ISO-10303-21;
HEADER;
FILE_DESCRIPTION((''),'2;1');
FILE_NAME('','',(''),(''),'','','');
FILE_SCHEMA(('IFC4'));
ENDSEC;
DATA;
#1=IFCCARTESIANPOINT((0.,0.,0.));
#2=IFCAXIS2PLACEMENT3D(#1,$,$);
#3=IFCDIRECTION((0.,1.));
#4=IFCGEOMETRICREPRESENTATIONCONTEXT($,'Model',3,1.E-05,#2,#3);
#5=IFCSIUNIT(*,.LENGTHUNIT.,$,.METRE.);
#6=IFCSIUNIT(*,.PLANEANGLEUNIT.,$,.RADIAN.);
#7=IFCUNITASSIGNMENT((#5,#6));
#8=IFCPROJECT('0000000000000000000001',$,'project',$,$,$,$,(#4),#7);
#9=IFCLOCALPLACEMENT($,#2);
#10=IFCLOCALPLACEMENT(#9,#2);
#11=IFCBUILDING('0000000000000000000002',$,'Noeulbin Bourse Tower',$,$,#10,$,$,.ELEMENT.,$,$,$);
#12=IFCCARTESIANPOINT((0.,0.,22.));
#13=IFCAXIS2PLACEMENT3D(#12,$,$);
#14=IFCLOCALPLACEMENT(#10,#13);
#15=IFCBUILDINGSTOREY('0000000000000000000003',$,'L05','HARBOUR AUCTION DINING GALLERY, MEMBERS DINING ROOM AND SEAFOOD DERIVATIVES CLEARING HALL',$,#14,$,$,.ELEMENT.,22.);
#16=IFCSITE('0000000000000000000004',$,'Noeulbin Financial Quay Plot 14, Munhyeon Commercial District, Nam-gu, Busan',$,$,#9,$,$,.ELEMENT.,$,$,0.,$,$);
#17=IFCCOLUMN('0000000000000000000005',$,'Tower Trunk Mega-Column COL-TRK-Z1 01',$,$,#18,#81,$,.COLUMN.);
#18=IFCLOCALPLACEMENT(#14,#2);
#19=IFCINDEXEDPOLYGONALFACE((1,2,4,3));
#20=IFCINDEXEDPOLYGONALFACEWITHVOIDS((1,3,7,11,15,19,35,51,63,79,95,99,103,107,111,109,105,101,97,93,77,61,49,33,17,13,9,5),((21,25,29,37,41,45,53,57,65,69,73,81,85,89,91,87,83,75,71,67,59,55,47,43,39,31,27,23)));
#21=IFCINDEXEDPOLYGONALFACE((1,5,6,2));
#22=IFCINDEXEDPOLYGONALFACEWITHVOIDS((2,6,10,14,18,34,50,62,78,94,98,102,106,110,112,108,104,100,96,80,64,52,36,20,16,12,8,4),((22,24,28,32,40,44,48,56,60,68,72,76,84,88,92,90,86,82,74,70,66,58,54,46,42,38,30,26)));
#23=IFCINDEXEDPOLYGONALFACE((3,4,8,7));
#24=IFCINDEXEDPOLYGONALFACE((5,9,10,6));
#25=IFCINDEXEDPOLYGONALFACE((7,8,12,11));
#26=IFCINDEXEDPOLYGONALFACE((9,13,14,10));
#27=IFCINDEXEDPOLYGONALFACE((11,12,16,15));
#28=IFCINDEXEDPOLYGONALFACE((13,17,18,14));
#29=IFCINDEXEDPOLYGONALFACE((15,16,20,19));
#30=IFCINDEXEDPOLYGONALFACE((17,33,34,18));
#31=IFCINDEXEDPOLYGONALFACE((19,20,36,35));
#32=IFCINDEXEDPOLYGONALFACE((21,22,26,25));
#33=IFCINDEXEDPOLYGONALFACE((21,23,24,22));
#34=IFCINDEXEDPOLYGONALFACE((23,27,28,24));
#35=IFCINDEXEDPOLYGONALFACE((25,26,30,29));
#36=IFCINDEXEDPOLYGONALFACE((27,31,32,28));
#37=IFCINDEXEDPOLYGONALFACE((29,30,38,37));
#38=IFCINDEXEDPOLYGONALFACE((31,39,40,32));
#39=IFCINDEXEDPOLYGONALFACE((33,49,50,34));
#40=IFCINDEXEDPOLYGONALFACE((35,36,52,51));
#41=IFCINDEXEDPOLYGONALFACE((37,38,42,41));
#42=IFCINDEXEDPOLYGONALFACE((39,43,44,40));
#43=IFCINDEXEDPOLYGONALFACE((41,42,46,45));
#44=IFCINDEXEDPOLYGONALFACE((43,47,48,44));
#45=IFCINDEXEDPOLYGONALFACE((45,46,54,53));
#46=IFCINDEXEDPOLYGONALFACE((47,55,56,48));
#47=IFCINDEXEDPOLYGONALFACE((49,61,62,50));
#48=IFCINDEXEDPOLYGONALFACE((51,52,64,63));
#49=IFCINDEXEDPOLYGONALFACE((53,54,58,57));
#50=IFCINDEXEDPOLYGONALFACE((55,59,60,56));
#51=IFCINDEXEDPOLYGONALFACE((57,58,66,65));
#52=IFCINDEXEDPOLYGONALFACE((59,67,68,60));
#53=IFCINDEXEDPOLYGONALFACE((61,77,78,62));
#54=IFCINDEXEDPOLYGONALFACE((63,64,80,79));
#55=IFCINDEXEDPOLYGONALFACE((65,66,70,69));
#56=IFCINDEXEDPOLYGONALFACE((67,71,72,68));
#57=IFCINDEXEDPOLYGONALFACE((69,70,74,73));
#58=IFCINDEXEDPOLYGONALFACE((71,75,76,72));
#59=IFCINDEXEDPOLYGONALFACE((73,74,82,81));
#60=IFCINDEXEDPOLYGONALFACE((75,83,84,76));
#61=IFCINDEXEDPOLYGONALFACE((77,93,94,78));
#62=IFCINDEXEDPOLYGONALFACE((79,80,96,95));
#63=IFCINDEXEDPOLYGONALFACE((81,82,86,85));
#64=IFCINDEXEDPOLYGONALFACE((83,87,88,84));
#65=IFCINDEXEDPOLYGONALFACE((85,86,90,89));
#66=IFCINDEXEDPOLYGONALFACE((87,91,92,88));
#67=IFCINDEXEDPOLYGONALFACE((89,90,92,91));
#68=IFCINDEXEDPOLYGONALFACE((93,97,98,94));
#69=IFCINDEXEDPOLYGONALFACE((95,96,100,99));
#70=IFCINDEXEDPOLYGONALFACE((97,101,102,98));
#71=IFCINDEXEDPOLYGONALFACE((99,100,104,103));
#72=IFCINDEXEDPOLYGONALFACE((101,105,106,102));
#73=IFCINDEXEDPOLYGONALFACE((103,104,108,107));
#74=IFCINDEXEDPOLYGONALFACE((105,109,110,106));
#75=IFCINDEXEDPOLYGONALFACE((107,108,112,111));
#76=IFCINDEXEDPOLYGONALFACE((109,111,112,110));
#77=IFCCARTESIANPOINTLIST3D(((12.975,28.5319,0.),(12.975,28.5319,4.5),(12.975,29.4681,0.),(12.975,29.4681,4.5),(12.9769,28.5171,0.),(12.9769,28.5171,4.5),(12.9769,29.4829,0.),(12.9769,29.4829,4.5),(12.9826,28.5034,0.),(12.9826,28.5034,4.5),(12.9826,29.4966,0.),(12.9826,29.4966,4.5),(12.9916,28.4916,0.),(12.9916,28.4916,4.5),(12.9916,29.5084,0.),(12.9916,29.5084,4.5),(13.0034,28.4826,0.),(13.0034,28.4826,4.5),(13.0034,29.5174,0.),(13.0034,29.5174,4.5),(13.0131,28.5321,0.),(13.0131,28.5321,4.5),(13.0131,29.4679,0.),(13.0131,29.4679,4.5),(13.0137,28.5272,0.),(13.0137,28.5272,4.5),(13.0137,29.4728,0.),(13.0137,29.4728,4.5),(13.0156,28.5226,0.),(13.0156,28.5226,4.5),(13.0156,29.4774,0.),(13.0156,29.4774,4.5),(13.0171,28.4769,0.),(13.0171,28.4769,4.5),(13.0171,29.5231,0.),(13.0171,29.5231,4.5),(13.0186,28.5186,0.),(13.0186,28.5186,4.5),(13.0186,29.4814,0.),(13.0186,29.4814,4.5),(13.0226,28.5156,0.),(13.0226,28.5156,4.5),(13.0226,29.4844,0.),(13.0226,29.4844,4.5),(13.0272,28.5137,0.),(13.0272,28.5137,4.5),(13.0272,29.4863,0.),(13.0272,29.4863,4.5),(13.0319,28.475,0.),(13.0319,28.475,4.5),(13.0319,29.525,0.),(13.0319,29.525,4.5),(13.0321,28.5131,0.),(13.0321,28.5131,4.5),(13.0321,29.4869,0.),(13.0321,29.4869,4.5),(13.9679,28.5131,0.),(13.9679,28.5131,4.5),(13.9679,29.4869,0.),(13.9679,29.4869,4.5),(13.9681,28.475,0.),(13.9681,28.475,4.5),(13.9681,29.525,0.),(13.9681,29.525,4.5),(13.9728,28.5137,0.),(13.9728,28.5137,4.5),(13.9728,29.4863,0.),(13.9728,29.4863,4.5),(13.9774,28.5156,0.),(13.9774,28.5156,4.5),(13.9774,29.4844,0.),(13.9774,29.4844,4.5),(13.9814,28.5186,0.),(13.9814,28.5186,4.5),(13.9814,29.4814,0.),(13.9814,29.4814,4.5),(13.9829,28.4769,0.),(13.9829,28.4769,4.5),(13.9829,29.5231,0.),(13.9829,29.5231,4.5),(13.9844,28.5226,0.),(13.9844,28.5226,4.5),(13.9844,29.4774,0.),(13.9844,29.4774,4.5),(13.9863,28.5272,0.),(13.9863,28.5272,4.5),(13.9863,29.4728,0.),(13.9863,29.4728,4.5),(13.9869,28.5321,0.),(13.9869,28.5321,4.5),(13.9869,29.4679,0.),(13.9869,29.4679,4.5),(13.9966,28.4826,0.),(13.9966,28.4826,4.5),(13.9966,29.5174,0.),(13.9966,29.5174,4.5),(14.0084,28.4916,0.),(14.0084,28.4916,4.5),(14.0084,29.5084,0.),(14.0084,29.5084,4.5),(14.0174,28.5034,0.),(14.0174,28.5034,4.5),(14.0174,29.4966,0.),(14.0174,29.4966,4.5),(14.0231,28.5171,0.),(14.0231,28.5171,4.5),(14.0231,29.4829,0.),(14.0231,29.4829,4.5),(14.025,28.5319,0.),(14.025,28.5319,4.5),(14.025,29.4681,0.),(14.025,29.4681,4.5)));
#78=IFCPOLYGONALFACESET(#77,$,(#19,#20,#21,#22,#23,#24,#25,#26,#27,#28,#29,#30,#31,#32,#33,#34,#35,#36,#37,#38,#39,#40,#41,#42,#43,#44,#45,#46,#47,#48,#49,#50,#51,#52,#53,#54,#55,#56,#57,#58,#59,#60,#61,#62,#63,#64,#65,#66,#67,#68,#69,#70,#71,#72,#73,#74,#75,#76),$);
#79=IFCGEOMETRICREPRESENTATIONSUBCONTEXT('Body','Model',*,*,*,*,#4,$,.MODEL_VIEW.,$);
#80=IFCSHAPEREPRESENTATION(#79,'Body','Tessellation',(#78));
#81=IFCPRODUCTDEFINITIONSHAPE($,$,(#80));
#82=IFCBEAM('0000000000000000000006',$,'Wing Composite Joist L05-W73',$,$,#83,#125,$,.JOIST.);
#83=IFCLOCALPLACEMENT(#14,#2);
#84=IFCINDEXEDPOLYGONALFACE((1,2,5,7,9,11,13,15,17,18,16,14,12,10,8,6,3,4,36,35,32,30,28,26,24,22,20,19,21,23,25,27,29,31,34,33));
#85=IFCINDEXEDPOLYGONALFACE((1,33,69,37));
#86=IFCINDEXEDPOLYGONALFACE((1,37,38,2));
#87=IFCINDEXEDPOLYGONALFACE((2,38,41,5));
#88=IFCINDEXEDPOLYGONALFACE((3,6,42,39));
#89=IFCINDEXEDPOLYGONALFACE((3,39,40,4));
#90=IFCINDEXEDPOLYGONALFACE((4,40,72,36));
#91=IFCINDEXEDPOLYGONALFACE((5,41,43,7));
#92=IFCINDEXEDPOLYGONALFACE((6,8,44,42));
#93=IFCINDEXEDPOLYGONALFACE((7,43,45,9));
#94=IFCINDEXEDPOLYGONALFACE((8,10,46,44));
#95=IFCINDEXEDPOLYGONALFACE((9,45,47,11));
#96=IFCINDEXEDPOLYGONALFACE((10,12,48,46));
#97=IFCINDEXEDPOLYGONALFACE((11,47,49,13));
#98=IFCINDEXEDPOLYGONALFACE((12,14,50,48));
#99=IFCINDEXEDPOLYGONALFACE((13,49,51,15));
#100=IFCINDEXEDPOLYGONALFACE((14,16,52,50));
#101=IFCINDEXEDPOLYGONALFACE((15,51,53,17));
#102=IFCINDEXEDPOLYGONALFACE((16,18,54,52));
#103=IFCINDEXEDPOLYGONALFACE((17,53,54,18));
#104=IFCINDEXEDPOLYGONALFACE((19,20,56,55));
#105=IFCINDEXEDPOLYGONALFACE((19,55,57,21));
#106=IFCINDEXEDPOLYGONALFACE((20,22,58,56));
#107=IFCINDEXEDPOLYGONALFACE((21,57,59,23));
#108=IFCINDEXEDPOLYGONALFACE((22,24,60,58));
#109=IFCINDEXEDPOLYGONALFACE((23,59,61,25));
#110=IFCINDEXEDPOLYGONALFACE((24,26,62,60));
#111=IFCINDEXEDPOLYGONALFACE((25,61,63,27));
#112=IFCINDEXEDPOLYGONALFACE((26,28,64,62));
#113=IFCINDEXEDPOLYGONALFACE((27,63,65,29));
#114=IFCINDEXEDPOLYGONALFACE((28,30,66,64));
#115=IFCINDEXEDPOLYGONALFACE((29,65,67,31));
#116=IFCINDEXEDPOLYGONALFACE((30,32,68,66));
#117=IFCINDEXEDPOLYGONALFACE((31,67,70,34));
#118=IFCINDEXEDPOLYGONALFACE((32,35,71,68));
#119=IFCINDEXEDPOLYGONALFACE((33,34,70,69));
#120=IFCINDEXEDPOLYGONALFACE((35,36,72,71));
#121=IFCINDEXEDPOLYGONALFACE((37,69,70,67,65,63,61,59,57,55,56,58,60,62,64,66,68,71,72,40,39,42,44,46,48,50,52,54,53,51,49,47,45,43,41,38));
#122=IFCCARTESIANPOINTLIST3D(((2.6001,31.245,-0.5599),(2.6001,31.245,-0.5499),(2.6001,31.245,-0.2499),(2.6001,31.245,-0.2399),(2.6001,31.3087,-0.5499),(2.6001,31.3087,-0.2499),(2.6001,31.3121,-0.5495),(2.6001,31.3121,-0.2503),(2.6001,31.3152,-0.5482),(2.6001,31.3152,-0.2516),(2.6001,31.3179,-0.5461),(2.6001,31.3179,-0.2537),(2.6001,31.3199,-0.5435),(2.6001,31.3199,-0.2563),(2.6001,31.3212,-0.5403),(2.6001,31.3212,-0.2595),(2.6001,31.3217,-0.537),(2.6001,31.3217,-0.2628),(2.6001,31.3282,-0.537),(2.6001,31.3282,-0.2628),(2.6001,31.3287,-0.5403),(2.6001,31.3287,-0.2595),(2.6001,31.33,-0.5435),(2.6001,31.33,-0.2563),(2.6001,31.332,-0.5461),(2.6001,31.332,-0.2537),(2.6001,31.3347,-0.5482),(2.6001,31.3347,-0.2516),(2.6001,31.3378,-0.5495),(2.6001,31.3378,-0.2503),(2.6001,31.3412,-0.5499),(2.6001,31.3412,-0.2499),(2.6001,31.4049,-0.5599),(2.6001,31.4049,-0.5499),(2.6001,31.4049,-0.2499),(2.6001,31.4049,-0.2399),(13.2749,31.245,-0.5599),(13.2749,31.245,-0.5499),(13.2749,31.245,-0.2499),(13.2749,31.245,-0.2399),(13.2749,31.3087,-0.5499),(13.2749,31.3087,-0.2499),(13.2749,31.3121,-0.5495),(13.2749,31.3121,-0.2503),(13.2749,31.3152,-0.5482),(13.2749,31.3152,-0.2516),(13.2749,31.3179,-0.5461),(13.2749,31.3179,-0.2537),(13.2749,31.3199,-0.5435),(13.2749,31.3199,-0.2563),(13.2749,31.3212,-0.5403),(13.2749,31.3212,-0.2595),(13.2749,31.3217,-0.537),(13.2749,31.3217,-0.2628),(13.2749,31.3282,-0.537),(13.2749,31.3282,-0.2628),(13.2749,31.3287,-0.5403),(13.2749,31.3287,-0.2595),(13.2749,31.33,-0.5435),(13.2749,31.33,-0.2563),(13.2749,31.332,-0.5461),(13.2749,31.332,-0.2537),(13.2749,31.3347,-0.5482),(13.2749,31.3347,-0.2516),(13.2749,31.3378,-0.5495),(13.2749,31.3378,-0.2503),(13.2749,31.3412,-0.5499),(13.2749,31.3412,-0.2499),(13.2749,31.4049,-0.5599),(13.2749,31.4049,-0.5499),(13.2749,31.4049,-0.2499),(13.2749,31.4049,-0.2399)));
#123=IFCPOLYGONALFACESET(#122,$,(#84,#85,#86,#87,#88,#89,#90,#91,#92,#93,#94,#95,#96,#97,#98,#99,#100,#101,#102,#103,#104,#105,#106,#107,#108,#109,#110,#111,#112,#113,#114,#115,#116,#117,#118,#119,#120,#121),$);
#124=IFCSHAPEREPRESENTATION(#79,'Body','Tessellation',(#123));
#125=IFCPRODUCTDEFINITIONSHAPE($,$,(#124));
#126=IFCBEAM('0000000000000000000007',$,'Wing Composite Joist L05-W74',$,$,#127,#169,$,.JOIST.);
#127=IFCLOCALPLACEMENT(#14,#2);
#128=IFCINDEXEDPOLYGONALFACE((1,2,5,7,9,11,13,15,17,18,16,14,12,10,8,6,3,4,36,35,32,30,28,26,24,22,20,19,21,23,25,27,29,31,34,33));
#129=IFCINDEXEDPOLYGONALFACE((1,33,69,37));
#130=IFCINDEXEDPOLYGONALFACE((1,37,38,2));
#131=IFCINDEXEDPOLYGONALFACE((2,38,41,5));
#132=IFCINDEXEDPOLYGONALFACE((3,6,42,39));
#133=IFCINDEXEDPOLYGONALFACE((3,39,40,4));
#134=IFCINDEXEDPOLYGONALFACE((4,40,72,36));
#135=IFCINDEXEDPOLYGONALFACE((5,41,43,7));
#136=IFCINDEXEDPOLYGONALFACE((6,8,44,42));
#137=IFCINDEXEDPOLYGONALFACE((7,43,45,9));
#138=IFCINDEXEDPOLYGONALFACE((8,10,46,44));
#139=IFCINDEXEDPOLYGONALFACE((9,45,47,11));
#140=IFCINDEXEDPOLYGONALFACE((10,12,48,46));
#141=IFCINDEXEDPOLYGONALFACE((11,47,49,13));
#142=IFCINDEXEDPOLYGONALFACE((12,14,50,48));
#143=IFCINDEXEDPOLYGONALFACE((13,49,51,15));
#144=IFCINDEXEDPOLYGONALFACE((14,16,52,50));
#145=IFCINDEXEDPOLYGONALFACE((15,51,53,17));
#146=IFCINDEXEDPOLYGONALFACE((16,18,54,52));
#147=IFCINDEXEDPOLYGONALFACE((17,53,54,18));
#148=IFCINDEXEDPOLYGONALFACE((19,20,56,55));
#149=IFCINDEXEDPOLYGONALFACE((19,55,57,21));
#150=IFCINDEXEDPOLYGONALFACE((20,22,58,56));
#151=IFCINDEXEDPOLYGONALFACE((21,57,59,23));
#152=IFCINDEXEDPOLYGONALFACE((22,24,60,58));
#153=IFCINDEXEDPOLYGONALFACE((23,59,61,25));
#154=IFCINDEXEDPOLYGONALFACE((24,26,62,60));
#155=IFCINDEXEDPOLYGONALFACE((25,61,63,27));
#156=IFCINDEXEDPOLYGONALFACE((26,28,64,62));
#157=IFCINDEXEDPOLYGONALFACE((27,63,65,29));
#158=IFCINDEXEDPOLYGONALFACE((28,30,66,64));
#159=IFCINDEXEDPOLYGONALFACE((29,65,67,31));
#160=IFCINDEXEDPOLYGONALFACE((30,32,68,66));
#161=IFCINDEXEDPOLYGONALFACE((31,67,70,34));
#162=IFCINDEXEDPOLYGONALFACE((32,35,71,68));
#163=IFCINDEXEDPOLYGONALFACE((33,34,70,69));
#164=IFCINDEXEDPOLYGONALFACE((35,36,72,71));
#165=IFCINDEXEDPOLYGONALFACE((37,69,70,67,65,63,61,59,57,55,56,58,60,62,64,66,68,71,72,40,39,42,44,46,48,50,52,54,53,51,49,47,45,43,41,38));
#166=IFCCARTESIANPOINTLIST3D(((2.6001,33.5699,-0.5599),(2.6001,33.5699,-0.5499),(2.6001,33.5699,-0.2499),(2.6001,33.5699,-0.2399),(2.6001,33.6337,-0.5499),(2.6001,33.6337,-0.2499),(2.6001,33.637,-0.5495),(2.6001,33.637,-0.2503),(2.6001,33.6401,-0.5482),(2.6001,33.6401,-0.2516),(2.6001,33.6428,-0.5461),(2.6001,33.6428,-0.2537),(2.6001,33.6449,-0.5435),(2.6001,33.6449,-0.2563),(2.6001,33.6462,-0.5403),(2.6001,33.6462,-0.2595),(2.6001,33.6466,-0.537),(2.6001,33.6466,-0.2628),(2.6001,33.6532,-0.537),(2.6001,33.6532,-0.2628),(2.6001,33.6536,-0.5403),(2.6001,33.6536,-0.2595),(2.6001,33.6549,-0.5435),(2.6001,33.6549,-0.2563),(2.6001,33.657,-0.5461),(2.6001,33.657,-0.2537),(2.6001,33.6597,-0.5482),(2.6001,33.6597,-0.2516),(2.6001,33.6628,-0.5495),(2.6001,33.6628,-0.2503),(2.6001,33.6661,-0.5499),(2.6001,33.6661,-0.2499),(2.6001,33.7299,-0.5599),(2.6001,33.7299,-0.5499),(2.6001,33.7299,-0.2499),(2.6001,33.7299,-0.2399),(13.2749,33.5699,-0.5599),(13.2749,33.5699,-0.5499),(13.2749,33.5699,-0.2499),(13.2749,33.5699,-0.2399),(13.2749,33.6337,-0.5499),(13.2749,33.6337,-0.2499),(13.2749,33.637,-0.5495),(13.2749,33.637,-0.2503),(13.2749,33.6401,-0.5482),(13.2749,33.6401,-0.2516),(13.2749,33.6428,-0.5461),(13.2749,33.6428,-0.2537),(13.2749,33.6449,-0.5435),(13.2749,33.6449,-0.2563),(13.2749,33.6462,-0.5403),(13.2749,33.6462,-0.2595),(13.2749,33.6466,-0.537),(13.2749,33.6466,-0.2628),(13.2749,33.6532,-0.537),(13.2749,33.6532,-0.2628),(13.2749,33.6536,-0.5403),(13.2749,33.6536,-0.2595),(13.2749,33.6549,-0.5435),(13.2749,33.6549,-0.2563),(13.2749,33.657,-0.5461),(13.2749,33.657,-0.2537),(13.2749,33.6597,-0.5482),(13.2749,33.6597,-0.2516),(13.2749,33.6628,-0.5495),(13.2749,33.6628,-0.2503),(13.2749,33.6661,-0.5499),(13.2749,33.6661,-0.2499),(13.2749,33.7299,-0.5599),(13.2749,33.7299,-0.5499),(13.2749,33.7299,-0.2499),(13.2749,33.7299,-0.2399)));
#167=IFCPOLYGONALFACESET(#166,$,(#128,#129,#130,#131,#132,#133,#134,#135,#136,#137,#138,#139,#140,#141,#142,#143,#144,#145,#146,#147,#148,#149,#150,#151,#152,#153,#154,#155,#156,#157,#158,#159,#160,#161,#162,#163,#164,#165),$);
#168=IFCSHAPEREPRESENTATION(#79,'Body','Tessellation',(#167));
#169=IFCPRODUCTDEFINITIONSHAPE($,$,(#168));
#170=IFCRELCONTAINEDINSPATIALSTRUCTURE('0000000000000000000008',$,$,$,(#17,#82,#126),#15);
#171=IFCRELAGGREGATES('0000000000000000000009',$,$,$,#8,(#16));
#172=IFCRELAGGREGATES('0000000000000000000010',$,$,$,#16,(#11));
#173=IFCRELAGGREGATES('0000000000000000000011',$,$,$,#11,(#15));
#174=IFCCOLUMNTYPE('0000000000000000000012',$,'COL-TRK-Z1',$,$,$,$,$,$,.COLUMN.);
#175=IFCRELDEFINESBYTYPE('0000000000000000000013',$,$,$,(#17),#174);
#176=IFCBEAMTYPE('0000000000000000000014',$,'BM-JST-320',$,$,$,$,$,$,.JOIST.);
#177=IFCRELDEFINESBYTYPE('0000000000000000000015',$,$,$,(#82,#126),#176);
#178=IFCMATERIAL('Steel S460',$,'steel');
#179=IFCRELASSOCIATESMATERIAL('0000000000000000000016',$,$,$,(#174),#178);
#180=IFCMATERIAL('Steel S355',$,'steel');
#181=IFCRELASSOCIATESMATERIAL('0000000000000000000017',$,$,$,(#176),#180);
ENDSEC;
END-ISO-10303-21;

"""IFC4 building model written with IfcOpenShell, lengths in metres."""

from ifc_helpers import new_model, si_unit, direction, frame, origin, origin_2d, place, context, subcontext, project, spatial, hollow_rectangle, i_section, extrude, material, material_profile, profile_set, type_object, element, save


model = new_model("IFC4")

# Units and contexts
model_context = context("Model", 3, precision=1e-05, world=origin(), true_north=direction((0.0, 1.0)))
body_context = subcontext(model_context, "Body", "Model", "MODEL_VIEW")
ifc_project = project(units=[si_unit("LENGTHUNIT", "METRE"), si_unit("PLANEANGLEUNIT", "RADIAN")], contexts=[model_context])

# Site, building, storey
site_placement = place(None, origin())
site = spatial("IfcSite", under=ifc_project, at=site_placement, Name="Noeulbin Financial Quay Plot 14, Munhyeon Commercial District, Nam-gu, Busan", CompositionType="ELEMENT", RefElevation=0.0)
building_placement = place(site_placement, origin())
building = spatial("IfcBuilding", under=site, at=building_placement, Name="Noeulbin Bourse Tower", CompositionType="ELEMENT")
storey_placement = place(building_placement, frame((0.0, 0.0, 22.0)))
storey = spatial("IfcBuildingStorey", under=building, at=storey_placement, Name="L05", Description="HARBOUR AUCTION DINING GALLERY, MEMBERS DINING ROOM AND SEAFOOD DERIVATIVES CLEARING HALL", CompositionType="ELEMENT", Elevation=22.0)

# Column
ifc_material_1 = material(Name="Steel S460", Category="steel")
ifc_material_profile_1 = material_profile(ifc_material_1, hollow_rectangle(XDim=1.05, YDim=1.05, WallThickness=0.0381, InnerFilletRadius=0.019, OuterFilletRadius=0.0569, at=origin_2d()), Name="BOX-1050x1050x38", Category="LoadBearing")
ifc_profile_set_1 = profile_set([ifc_material_profile_1], Name="Steel S460")
column_type = type_object("IfcColumnType", Name="COL-TRK-Z1", PredefinedType="COLUMN", material=ifc_profile_set_1)
column_placement = place(storey_placement, frame((13.5, 29.0, 0.0), z_axis=(0.0, 0.0, 1.0), x_axis=(1.0, 0.0, 0.0)))
element("IfcColumn", 1, at=column_placement, inside=storey, type_object=column_type, Name="Tower Trunk Mega-Column COL-TRK-Z1 01", PredefinedType="COLUMN", context=body_context, shape_type="SweptSolid", body=[
    extrude(hollow_rectangle(XDim=1.05, YDim=1.05, WallThickness=0.0381, InnerFilletRadius=0.019, OuterFilletRadius=0.0569, at=origin_2d()), origin(), (0.0, 0.0, 1.0), 4.5),
])

# Beams
ifc_material_2 = material(Name="Steel S355", Category="steel")
ifc_material_profile_2 = material_profile(ifc_material_2, i_section(OverallWidth=0.1599, OverallDepth=0.3201, WebThickness=0.0066, FlangeThickness=0.01, FilletRadius=0.0129, at=origin_2d()), Name="H-320x160x6.5x10", Category="LoadBearing")
ifc_profile_set_2 = profile_set([ifc_material_profile_2], Name="Steel S355")
beam_type_1 = type_object("IfcBeamType", Name="BM-JST-320", PredefinedType="JOIST", material=ifc_profile_set_2)
for number, where, z_axis, x_axis, name in (
    (2, (2.6001, 31.325, -0.3999), (1.0, 0.0, 0.0), (0.0, 1.0, 0.0), "Wing Composite Joist L05-W73"),
    (3, (2.6001, 33.6499, -0.3999), (1.0, 0.0, 0.0), (0.0, 1.0, 0.0), "Wing Composite Joist L05-W74"),
):
    element("IfcBeam", number, at=place(storey_placement, frame(where, z_axis=z_axis, x_axis=x_axis)), inside=storey, type_object=beam_type_1, Name=name, PredefinedType="JOIST", context=body_context, shape_type="SweptSolid", body=[
        extrude(i_section(OverallWidth=0.1599, OverallDepth=0.3201, WebThickness=0.0066, FlangeThickness=0.01, FilletRadius=0.0129, at=origin_2d()), origin(), (0.0, 0.0, 1.0), 10.6748),
    ])

save(model, "model.ifc")
